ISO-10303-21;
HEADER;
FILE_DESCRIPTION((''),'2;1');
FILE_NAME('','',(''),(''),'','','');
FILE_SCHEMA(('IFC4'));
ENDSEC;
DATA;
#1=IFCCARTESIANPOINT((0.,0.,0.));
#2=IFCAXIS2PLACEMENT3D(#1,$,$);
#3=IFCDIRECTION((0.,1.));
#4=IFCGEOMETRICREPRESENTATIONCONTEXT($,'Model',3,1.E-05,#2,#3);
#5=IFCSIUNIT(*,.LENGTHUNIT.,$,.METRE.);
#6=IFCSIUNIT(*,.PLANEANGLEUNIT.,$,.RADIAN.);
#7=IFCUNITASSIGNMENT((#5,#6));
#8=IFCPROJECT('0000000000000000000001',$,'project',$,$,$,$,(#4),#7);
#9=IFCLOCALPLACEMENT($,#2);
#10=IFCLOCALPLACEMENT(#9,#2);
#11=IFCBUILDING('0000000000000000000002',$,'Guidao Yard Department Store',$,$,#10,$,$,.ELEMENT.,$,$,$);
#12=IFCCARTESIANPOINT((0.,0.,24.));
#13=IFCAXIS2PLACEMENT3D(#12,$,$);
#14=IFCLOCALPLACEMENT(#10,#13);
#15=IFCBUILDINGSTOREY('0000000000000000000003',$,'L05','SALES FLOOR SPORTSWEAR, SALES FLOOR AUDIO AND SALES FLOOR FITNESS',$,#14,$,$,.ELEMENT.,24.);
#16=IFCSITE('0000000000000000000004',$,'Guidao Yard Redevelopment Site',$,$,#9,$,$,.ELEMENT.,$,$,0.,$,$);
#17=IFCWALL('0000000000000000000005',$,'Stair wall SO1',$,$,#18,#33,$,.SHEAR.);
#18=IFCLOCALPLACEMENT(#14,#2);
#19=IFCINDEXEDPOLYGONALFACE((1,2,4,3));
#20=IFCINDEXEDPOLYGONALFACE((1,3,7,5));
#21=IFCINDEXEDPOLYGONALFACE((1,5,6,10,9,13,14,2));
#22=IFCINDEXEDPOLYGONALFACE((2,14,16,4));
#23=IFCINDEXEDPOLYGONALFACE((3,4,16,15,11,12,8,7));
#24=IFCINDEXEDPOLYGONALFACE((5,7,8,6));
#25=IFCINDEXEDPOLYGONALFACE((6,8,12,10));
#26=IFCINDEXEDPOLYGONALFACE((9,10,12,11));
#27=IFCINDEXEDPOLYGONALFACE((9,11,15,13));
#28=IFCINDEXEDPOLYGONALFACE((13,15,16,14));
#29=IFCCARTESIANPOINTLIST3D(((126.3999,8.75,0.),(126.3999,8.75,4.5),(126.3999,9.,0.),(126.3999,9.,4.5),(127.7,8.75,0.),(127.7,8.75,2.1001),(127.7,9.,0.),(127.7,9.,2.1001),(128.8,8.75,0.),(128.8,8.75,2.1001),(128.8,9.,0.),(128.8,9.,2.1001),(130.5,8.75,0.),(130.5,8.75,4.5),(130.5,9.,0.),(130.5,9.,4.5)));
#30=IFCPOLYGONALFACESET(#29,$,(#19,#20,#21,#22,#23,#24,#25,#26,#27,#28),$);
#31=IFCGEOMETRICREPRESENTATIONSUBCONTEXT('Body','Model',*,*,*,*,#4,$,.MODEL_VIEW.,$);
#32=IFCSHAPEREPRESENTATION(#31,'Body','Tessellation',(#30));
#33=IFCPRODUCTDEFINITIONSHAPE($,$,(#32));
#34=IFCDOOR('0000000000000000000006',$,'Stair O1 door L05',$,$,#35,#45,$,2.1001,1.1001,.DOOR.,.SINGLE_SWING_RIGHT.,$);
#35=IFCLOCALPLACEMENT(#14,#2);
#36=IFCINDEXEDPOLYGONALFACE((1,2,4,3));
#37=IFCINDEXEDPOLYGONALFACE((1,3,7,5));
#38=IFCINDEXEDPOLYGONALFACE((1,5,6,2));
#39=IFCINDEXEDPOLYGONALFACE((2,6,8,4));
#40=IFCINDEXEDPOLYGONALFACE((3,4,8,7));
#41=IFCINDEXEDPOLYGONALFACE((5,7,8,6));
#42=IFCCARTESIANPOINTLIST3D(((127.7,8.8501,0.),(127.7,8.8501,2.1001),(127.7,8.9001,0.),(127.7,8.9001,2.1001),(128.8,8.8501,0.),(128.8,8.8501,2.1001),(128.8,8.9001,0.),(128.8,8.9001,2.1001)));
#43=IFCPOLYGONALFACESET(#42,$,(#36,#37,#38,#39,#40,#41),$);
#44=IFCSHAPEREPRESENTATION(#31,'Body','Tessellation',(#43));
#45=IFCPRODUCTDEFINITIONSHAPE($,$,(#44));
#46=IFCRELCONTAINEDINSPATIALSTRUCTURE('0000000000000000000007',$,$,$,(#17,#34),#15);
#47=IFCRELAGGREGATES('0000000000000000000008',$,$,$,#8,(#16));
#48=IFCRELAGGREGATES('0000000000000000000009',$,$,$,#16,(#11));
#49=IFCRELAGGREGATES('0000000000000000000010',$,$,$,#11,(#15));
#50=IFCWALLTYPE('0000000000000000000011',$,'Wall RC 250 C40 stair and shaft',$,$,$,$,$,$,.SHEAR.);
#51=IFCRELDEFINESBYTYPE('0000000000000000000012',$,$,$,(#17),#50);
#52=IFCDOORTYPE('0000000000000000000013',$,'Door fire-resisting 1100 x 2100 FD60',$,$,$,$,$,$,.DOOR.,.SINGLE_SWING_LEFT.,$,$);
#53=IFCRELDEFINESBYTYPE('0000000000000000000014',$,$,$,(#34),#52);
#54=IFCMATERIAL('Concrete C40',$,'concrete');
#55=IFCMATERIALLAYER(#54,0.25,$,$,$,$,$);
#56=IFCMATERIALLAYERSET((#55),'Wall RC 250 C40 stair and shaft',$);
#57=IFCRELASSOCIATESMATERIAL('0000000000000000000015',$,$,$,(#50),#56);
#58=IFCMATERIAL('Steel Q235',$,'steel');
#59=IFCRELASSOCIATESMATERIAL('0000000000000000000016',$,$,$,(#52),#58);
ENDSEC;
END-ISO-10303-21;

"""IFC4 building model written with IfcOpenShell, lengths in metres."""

from ifc_helpers import new_model, si_unit, direction, frame, frame_2d, origin, place, context, subcontext, project, spatial, rectangle, extrude, material, layer, layer_set, type_object, element, fill, save


model = new_model("IFC4")

# Units and contexts
model_context = context("Model", 3, precision=1e-05, world=origin(), true_north=direction((0.0, 1.0)))
body_context = subcontext(model_context, "Body", "Model", "MODEL_VIEW")
ifc_project = project(units=[si_unit("LENGTHUNIT", "METRE"), si_unit("PLANEANGLEUNIT", "RADIAN")], contexts=[model_context])

# Site, building, storey
site_placement = place(None, origin())
site = spatial("IfcSite", under=ifc_project, at=site_placement, Name="Guidao Yard Redevelopment Site", CompositionType="ELEMENT", RefElevation=0.0)
building_placement = place(site_placement, origin())
building = spatial("IfcBuilding", under=site, at=building_placement, Name="Guidao Yard Department Store", CompositionType="ELEMENT")
storey_placement = place(building_placement, frame((0.0, 0.0, 24.0)))
storey = spatial("IfcBuildingStorey", under=building, at=storey_placement, Name="L05", Description="SALES FLOOR SPORTSWEAR, SALES FLOOR AUDIO AND SALES FLOOR FITNESS", CompositionType="ELEMENT", Elevation=24.0)

# Wall, opening, door
ifc_material_1 = material(Name="Concrete C40", Category="concrete")
ifc_layer_1 = layer(ifc_material_1, 0.25)
ifc_layer_set_1 = layer_set([ifc_layer_1], Name="Wall RC 250 C40 stair and shaft")
wall_type_1 = type_object("IfcWallType", Name="Wall RC 250 C40 stair and shaft", PredefinedType="SHEAR", material=ifc_layer_set_1)
wall_1_placement = place(storey_placement, frame((126.3999, 8.875, 0.0), z_axis=(0.0, 0.0, 1.0), x_axis=(1.0, 0.0, 0.0)))
wall_1 = element("IfcWall", 1, at=wall_1_placement, inside=storey, type_object=wall_type_1, Name="Stair wall SO1", PredefinedType="SHEAR", context=body_context, shape_type="SweptSolid", body=[
    extrude(rectangle(XDim=4.1001, YDim=0.25, at=frame_2d((2.05, 0.0))), origin(), (0.0, 0.0, 1.0), 4.5),
])
opening_1_placement = place(wall_1_placement, frame((2.4001, 0.0, 0.0), z_axis=(0.0, 0.0, 1.0), x_axis=(-1.0, 0.0, 0.0)))
opening_1 = element("IfcOpeningElement", 2, at=opening_1_placement, cuts=wall_1, PredefinedType="OPENING", context=body_context, shape_type="SweptSolid", body=[
    extrude(rectangle(XDim=1.1001, YDim=2.1001, at=frame_2d((0.55, 1.05))), frame((0.0, 0.135, 0.0), z_axis=(0.0, -1.0, 0.0), x_axis=(1.0, 0.0, 0.0)), (0.0, 0.0, 1.0), 0.27),
])
ifc_material_2 = material(Name="Steel Q235", Category="steel")
door_type_1 = type_object("IfcDoorType", Name="Door fire-resisting 1100 x 2100 FD60", OperationType="SINGLE_SWING_LEFT", PredefinedType="DOOR", material=ifc_material_2)
door_1_placement = place(opening_1_placement, origin())
door_1 = element("IfcDoor", 3, at=door_1_placement, inside=storey, type_object=door_type_1, Name="Stair O1 door L05", OperationType="SINGLE_SWING_RIGHT", OverallHeight=2.1001, OverallWidth=1.1001, PredefinedType="DOOR", context=body_context, shape_type="SweptSolid", body=[
    extrude(rectangle(XDim=1.1001, YDim=2.1001, at=frame_2d((0.55, 1.05))), frame((0.0, 0.0249, 0.0), z_axis=(0.0, -1.0, 0.0), x_axis=(1.0, 0.0, 0.0)), (0.0, 0.0, 1.0), 0.05),
])
fill(opening_1, door_1)

save(model, "model.ifc")
